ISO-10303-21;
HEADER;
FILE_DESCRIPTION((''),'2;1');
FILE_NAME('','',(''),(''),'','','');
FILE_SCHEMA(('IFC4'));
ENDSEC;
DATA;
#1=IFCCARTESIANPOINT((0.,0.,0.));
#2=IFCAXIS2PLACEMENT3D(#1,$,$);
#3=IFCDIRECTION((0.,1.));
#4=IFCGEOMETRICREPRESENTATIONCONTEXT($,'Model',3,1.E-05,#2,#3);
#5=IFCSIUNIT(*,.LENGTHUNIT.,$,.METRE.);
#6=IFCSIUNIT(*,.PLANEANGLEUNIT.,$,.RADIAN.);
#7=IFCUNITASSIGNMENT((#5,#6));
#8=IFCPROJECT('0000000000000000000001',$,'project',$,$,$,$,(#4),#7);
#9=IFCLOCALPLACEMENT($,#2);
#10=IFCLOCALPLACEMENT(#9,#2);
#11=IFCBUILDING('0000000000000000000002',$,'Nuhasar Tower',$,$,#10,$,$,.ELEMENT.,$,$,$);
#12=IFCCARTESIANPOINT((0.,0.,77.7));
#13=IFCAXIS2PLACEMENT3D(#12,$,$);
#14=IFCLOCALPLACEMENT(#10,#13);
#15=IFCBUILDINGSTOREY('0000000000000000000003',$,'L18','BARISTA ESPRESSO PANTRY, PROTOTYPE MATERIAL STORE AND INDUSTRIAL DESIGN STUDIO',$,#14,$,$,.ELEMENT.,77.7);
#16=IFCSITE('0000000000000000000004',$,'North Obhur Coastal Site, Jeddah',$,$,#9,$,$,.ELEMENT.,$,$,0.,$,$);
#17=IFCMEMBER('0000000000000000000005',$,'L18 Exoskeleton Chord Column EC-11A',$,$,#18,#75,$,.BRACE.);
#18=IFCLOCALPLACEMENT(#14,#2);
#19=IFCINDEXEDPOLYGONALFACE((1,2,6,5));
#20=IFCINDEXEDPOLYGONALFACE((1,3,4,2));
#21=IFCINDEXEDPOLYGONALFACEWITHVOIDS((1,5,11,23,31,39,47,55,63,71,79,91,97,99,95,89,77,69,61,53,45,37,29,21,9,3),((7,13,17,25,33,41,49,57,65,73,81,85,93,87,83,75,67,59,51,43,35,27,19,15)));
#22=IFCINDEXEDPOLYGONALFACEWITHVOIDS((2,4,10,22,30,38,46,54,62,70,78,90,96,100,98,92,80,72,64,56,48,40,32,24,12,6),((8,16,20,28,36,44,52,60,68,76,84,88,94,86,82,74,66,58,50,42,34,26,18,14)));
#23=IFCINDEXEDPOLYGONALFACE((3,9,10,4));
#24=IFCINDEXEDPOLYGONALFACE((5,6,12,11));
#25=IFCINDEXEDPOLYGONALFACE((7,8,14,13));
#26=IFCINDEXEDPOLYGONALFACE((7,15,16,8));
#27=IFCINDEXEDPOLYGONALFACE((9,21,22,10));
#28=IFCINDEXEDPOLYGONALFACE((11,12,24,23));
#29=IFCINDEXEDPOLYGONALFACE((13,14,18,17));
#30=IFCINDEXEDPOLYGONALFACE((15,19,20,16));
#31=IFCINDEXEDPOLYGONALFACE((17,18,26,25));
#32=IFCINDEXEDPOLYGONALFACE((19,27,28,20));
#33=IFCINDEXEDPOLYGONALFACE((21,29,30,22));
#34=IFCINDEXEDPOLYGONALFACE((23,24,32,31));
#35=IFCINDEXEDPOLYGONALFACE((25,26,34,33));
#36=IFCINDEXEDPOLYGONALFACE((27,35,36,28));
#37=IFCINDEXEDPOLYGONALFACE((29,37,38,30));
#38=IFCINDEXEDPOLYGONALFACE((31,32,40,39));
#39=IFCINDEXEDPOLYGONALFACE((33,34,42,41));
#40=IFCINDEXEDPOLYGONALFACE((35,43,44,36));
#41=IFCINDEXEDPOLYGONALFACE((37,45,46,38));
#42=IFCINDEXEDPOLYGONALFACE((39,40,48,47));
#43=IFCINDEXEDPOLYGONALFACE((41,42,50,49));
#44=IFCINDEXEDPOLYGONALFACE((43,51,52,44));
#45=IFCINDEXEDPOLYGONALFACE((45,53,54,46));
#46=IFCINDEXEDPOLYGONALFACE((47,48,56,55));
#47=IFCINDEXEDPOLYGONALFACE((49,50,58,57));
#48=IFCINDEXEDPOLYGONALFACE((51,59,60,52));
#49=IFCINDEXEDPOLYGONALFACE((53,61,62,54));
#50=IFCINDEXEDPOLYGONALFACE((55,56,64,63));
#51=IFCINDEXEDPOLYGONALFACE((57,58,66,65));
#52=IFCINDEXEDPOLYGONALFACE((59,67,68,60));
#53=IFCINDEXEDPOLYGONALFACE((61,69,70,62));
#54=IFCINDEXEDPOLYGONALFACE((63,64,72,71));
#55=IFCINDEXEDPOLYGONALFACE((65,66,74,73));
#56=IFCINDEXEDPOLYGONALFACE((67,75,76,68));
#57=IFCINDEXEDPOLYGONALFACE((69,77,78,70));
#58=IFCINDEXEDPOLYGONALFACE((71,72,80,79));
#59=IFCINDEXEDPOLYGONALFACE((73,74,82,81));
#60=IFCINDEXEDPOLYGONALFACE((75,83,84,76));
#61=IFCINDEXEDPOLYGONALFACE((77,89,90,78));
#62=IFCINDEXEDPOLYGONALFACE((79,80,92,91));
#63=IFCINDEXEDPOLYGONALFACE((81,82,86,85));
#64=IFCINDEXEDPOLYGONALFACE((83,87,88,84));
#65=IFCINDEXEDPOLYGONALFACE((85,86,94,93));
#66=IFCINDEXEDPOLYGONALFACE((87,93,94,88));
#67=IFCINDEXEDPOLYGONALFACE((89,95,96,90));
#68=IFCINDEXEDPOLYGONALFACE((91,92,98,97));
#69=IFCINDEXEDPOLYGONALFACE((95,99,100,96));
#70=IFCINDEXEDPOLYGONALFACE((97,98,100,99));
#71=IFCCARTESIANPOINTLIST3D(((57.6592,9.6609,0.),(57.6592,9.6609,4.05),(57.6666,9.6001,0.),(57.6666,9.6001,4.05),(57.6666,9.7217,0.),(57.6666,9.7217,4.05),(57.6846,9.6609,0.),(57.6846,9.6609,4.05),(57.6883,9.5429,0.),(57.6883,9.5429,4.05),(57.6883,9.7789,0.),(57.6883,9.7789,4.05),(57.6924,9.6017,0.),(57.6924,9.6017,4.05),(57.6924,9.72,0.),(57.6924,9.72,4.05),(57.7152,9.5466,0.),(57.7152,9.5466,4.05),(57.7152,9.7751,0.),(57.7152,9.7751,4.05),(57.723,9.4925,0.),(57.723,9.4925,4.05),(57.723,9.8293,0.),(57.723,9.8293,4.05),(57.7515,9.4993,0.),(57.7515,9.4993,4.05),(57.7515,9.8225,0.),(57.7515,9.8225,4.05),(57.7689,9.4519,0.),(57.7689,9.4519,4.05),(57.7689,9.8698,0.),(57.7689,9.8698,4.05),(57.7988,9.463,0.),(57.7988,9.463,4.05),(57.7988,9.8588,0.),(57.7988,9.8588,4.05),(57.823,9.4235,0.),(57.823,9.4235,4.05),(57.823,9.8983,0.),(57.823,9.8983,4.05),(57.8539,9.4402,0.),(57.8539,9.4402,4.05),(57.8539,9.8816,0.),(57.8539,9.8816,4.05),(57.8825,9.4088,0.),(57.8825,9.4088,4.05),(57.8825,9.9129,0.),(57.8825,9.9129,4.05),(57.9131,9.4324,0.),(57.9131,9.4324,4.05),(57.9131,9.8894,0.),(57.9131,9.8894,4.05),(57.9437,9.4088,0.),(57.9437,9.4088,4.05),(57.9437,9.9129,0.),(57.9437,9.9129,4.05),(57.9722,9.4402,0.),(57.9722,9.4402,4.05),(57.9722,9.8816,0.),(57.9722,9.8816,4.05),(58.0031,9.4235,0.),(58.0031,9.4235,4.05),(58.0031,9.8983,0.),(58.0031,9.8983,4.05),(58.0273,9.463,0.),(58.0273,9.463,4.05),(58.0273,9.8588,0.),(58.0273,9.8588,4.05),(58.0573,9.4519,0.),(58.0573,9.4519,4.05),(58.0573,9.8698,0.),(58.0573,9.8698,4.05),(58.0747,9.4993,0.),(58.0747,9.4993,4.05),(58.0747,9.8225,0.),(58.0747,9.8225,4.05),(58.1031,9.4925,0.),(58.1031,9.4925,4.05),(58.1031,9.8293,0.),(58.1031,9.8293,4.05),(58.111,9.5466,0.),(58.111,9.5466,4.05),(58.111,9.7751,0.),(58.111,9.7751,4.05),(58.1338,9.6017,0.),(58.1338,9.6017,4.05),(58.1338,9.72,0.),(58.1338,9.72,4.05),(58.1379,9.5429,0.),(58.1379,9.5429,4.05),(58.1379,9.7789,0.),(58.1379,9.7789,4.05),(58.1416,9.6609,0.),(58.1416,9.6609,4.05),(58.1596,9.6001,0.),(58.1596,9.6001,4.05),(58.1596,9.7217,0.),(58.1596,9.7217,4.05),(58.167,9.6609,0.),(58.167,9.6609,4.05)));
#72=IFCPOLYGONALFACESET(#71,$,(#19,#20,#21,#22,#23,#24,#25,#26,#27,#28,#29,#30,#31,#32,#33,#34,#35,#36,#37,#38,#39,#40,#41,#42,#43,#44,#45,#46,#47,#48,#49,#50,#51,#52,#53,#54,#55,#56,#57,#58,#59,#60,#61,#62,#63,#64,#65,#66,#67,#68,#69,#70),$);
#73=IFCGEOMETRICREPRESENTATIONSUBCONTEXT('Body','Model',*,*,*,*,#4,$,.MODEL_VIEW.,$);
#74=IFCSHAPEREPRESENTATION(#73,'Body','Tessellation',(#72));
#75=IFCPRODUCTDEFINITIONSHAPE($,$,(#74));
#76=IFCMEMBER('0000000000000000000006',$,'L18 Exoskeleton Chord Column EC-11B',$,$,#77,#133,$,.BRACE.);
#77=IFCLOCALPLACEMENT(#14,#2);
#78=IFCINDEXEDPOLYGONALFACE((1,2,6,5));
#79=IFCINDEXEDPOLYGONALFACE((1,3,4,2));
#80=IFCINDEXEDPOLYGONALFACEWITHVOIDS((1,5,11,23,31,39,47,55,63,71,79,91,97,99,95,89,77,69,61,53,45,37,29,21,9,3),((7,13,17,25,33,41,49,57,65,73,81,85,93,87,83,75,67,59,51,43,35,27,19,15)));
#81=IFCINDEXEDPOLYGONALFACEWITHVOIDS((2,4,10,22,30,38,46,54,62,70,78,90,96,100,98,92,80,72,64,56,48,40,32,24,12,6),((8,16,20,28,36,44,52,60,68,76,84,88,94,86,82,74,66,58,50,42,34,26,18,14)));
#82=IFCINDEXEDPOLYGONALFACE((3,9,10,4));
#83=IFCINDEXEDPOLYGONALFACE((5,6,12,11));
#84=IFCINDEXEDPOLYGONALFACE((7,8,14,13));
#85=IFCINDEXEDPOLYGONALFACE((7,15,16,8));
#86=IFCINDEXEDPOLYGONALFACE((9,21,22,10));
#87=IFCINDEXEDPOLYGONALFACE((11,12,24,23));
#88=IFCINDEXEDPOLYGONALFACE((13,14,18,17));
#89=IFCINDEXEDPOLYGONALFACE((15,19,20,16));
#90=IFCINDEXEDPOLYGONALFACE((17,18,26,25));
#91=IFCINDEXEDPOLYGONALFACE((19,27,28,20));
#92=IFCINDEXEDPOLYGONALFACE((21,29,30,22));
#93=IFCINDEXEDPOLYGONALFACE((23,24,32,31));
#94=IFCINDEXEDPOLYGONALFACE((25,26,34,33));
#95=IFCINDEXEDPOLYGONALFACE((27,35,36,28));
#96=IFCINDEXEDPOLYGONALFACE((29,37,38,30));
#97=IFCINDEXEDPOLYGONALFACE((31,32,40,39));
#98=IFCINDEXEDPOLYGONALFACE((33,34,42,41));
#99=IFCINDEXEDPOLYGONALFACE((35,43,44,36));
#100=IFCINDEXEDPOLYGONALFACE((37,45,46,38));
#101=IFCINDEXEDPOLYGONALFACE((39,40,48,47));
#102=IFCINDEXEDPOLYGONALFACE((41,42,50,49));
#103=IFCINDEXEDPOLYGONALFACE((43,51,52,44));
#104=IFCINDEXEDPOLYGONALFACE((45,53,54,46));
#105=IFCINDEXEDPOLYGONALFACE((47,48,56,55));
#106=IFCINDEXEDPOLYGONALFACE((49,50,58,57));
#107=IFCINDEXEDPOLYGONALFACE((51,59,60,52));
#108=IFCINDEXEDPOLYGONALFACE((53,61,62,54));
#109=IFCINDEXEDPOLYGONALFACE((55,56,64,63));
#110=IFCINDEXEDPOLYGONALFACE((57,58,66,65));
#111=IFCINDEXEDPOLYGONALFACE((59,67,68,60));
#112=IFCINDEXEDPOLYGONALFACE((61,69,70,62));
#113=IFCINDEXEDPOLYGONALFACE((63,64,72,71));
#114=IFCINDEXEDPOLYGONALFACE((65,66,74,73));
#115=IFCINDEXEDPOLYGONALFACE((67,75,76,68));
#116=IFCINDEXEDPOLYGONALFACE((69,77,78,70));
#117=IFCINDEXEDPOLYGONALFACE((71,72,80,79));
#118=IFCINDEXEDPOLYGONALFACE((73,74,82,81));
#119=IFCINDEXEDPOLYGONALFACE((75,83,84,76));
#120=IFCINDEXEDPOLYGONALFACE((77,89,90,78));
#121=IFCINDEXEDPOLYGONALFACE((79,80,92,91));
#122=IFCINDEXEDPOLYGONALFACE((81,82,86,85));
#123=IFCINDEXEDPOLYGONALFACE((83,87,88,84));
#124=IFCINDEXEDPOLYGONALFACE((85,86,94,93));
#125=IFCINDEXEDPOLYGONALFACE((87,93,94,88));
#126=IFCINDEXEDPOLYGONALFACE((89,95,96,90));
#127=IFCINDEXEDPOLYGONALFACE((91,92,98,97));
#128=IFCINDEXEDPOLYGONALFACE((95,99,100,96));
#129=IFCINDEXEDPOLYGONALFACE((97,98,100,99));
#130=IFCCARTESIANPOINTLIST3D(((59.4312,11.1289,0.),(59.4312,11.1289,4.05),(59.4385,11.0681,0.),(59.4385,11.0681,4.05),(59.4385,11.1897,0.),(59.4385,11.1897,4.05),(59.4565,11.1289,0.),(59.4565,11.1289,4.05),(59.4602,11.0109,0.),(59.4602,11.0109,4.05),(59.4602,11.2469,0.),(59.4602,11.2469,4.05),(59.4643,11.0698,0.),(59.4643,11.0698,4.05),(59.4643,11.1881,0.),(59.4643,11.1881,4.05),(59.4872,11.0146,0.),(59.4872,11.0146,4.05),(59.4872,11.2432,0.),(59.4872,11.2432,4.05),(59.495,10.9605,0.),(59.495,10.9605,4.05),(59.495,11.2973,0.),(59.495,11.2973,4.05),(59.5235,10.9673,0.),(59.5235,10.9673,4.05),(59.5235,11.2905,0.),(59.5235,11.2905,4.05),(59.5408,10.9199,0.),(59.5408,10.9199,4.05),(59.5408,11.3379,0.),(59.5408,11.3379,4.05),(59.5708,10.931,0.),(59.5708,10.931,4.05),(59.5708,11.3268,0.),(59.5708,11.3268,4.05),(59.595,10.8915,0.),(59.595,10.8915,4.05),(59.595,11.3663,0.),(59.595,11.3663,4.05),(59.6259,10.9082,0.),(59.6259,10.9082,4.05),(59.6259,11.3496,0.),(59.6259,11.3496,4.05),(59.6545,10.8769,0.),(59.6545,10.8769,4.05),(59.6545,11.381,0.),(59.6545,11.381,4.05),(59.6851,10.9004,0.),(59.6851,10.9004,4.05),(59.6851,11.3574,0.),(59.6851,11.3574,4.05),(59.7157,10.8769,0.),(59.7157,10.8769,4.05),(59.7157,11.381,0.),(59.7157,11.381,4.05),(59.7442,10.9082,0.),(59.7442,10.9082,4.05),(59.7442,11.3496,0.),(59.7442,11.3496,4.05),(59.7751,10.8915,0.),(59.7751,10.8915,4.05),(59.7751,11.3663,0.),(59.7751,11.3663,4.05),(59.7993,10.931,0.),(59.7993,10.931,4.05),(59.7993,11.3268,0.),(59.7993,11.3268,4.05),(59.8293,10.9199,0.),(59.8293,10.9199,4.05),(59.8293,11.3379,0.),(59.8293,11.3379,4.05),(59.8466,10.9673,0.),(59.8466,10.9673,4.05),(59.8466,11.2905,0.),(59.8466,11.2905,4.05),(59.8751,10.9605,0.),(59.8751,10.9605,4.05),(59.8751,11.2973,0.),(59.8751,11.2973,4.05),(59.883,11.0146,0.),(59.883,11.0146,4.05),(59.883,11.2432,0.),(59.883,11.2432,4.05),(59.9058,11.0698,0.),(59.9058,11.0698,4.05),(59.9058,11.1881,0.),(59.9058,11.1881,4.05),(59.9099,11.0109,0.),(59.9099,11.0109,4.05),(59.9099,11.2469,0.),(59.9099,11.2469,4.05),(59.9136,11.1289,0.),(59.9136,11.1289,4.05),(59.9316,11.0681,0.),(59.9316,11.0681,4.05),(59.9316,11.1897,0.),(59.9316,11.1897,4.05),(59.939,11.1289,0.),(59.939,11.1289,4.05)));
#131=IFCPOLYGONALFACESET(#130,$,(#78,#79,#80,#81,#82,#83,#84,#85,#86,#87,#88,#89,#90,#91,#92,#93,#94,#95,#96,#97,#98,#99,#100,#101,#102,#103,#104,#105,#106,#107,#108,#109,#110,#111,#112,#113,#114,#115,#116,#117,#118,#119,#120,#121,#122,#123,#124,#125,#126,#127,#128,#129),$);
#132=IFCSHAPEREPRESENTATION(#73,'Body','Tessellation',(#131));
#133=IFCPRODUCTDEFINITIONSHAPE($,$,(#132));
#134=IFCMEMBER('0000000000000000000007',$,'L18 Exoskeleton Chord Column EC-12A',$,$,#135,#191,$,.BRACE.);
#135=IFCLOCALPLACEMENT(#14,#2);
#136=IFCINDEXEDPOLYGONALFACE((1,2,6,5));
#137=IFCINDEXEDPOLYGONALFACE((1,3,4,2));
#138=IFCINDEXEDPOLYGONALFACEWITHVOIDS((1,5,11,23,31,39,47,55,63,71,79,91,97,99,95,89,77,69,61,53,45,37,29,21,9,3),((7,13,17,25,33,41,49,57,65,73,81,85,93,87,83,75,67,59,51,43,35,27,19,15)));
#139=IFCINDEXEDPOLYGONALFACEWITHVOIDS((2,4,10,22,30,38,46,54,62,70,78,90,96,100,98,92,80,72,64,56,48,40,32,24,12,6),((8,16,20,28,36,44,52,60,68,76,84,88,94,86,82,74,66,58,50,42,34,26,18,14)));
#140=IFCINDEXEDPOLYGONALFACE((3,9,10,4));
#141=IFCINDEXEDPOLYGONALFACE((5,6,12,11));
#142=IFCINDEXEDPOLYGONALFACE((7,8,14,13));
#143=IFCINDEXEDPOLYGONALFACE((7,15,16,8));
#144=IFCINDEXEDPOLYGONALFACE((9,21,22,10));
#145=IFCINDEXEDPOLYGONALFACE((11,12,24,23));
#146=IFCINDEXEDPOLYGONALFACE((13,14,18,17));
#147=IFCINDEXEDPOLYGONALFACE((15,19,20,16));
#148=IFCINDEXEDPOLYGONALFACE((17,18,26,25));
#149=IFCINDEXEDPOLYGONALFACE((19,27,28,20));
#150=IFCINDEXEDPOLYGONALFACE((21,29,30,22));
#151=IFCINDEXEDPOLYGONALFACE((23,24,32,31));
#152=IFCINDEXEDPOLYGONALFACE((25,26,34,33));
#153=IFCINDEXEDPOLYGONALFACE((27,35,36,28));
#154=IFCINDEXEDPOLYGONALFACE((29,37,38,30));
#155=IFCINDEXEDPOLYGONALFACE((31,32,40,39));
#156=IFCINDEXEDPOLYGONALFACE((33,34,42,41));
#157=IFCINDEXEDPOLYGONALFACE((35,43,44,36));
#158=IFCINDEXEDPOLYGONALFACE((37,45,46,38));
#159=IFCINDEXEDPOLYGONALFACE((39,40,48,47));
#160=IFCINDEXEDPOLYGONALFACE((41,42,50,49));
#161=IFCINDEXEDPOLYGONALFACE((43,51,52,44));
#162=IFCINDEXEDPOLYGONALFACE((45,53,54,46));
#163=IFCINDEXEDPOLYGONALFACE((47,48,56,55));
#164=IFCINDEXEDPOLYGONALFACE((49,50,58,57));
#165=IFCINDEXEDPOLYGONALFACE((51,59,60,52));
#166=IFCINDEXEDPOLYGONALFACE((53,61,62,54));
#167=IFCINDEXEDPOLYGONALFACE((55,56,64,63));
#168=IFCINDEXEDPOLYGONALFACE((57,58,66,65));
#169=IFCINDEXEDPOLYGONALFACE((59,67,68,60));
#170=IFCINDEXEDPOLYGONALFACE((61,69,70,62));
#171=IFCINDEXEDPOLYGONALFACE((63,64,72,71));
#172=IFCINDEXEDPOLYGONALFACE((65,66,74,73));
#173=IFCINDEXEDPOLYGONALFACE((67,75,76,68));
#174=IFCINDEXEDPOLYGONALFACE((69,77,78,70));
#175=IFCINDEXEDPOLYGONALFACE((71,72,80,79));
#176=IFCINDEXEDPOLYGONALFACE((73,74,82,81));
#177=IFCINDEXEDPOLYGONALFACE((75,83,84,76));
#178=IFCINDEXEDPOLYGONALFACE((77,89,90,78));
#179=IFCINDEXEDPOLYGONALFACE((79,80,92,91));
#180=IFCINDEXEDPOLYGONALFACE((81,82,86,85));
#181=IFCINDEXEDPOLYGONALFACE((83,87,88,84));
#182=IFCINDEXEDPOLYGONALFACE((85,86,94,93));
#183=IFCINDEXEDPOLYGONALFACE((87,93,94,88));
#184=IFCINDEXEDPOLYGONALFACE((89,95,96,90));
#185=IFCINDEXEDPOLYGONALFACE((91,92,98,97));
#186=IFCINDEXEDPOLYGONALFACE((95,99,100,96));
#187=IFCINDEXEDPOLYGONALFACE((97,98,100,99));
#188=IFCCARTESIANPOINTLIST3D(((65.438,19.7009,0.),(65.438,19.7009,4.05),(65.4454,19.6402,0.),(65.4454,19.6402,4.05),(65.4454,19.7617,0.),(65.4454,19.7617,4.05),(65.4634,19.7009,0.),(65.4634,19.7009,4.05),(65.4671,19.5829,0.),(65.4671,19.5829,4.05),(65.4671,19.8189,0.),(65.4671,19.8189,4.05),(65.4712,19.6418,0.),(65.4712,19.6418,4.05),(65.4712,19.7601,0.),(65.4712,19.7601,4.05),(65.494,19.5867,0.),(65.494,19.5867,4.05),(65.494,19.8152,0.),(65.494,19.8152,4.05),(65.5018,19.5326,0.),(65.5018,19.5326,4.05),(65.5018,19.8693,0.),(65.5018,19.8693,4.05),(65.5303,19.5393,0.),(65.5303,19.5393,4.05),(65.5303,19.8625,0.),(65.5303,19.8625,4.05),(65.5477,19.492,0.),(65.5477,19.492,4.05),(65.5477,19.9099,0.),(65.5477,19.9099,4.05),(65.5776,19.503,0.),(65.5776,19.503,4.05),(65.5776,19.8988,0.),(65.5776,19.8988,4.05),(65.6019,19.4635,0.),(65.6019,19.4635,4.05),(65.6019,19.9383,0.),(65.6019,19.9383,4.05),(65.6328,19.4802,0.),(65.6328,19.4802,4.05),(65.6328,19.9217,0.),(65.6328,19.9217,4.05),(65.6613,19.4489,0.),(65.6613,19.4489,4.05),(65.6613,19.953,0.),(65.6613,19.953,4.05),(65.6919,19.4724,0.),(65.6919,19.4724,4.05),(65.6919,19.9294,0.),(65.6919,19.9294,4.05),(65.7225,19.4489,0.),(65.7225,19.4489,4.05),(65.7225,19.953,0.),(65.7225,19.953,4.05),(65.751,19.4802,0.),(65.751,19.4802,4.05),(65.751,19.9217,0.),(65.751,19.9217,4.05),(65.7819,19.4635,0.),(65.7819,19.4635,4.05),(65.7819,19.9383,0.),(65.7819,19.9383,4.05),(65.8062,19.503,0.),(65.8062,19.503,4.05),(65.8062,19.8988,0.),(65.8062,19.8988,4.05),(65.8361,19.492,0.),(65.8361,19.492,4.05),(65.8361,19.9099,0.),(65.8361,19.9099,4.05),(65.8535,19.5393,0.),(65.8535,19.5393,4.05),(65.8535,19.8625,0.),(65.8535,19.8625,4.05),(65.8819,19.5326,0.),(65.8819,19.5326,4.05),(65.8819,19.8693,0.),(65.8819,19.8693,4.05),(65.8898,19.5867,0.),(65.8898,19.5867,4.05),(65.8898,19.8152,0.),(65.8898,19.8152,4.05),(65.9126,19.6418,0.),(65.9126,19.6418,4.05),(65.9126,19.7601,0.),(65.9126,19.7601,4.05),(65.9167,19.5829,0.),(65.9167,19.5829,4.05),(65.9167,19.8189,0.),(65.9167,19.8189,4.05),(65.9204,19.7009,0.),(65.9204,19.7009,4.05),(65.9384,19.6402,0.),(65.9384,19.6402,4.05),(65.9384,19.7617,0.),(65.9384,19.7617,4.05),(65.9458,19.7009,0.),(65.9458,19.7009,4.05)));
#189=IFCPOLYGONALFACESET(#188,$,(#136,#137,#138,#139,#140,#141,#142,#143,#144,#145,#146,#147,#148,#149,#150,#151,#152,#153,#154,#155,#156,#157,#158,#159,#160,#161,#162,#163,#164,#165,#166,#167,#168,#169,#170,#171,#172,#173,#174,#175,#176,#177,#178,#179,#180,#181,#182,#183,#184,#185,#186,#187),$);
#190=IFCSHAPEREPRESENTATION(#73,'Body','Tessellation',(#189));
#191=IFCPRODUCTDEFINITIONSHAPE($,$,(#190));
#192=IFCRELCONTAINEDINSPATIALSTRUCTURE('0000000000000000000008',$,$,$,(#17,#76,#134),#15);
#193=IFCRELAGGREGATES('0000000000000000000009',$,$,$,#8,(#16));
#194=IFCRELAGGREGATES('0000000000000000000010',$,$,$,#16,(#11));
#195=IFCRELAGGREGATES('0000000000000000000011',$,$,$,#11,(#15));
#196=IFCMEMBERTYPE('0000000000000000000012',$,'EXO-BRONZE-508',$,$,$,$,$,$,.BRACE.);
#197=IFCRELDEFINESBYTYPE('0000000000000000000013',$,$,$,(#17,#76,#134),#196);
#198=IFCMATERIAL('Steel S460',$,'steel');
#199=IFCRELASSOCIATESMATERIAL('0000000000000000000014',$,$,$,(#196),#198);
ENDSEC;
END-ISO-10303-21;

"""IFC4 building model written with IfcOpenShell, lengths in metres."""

from ifc_helpers import new_model, si_unit, direction, frame, origin, origin_2d, place, context, subcontext, project, spatial, hollow_circle, extrude, material, material_profile, profile_set, type_object, element, save


model = new_model("IFC4")

# Units and contexts
model_context = context("Model", 3, precision=1e-05, world=origin(), true_north=direction((0.0, 1.0)))
body_context = subcontext(model_context, "Body", "Model", "MODEL_VIEW")
ifc_project = project(units=[si_unit("LENGTHUNIT", "METRE"), si_unit("PLANEANGLEUNIT", "RADIAN")], contexts=[model_context])

# Site, building, storey
site_placement = place(None, origin())
site = spatial("IfcSite", under=ifc_project, at=site_placement, Name="North Obhur Coastal Site, Jeddah", CompositionType="ELEMENT", RefElevation=0.0)
building_placement = place(site_placement, origin())
building = spatial("IfcBuilding", under=site, at=building_placement, Name="Nuhasar Tower", CompositionType="ELEMENT")
storey_placement = place(building_placement, frame((0.0, 0.0, 77.7)))
storey = spatial("IfcBuildingStorey", under=building, at=storey_placement, Name="L18", Description="BARISTA ESPRESSO PANTRY, PROTOTYPE MATERIAL STORE AND INDUSTRIAL DESIGN STUDIO", CompositionType="ELEMENT", Elevation=77.7)

# Members
ifc_material_1 = material(Name="Steel S460", Category="steel")
ifc_material_profile_1 = material_profile(ifc_material_1, hollow_circle(Radius=0.2539, WallThickness=0.0254, at=origin_2d()), Name="HSS508X25.4")
ifc_profile_set_1 = profile_set([ifc_material_profile_1], Name="Steel S460")
member_type_1 = type_object("IfcMemberType", Name="EXO-BRONZE-508", PredefinedType="BRACE", material=ifc_profile_set_1)
for number, where, z_axis, x_axis, name in (
    (1, (57.9131, 9.6609, 0.0), (0.0, 0.0, 1.0), (1.0, 0.0, 0.0), "L18 Exoskeleton Chord Column EC-11A"),
    (2, (59.6851, 11.1289, 0.0), (0.0, 0.0, 1.0), (1.0, 0.0, 0.0), "L18 Exoskeleton Chord Column EC-11B"),
    (3, (65.6919, 19.7009, 0.0), (0.0, 0.0, 1.0), (1.0, 0.0, 0.0), "L18 Exoskeleton Chord Column EC-12A"),
):
    element("IfcMember", number, at=place(storey_placement, frame(where, z_axis=z_axis, x_axis=x_axis)), inside=storey, type_object=member_type_1, Name=name, PredefinedType="BRACE", context=body_context, shape_type="SweptSolid", body=[
        extrude(hollow_circle(Radius=0.2539, WallThickness=0.0254, at=origin_2d()), origin(), (0.0, 0.0, 1.0), 4.05),
    ])

save(model, "model.ifc")
